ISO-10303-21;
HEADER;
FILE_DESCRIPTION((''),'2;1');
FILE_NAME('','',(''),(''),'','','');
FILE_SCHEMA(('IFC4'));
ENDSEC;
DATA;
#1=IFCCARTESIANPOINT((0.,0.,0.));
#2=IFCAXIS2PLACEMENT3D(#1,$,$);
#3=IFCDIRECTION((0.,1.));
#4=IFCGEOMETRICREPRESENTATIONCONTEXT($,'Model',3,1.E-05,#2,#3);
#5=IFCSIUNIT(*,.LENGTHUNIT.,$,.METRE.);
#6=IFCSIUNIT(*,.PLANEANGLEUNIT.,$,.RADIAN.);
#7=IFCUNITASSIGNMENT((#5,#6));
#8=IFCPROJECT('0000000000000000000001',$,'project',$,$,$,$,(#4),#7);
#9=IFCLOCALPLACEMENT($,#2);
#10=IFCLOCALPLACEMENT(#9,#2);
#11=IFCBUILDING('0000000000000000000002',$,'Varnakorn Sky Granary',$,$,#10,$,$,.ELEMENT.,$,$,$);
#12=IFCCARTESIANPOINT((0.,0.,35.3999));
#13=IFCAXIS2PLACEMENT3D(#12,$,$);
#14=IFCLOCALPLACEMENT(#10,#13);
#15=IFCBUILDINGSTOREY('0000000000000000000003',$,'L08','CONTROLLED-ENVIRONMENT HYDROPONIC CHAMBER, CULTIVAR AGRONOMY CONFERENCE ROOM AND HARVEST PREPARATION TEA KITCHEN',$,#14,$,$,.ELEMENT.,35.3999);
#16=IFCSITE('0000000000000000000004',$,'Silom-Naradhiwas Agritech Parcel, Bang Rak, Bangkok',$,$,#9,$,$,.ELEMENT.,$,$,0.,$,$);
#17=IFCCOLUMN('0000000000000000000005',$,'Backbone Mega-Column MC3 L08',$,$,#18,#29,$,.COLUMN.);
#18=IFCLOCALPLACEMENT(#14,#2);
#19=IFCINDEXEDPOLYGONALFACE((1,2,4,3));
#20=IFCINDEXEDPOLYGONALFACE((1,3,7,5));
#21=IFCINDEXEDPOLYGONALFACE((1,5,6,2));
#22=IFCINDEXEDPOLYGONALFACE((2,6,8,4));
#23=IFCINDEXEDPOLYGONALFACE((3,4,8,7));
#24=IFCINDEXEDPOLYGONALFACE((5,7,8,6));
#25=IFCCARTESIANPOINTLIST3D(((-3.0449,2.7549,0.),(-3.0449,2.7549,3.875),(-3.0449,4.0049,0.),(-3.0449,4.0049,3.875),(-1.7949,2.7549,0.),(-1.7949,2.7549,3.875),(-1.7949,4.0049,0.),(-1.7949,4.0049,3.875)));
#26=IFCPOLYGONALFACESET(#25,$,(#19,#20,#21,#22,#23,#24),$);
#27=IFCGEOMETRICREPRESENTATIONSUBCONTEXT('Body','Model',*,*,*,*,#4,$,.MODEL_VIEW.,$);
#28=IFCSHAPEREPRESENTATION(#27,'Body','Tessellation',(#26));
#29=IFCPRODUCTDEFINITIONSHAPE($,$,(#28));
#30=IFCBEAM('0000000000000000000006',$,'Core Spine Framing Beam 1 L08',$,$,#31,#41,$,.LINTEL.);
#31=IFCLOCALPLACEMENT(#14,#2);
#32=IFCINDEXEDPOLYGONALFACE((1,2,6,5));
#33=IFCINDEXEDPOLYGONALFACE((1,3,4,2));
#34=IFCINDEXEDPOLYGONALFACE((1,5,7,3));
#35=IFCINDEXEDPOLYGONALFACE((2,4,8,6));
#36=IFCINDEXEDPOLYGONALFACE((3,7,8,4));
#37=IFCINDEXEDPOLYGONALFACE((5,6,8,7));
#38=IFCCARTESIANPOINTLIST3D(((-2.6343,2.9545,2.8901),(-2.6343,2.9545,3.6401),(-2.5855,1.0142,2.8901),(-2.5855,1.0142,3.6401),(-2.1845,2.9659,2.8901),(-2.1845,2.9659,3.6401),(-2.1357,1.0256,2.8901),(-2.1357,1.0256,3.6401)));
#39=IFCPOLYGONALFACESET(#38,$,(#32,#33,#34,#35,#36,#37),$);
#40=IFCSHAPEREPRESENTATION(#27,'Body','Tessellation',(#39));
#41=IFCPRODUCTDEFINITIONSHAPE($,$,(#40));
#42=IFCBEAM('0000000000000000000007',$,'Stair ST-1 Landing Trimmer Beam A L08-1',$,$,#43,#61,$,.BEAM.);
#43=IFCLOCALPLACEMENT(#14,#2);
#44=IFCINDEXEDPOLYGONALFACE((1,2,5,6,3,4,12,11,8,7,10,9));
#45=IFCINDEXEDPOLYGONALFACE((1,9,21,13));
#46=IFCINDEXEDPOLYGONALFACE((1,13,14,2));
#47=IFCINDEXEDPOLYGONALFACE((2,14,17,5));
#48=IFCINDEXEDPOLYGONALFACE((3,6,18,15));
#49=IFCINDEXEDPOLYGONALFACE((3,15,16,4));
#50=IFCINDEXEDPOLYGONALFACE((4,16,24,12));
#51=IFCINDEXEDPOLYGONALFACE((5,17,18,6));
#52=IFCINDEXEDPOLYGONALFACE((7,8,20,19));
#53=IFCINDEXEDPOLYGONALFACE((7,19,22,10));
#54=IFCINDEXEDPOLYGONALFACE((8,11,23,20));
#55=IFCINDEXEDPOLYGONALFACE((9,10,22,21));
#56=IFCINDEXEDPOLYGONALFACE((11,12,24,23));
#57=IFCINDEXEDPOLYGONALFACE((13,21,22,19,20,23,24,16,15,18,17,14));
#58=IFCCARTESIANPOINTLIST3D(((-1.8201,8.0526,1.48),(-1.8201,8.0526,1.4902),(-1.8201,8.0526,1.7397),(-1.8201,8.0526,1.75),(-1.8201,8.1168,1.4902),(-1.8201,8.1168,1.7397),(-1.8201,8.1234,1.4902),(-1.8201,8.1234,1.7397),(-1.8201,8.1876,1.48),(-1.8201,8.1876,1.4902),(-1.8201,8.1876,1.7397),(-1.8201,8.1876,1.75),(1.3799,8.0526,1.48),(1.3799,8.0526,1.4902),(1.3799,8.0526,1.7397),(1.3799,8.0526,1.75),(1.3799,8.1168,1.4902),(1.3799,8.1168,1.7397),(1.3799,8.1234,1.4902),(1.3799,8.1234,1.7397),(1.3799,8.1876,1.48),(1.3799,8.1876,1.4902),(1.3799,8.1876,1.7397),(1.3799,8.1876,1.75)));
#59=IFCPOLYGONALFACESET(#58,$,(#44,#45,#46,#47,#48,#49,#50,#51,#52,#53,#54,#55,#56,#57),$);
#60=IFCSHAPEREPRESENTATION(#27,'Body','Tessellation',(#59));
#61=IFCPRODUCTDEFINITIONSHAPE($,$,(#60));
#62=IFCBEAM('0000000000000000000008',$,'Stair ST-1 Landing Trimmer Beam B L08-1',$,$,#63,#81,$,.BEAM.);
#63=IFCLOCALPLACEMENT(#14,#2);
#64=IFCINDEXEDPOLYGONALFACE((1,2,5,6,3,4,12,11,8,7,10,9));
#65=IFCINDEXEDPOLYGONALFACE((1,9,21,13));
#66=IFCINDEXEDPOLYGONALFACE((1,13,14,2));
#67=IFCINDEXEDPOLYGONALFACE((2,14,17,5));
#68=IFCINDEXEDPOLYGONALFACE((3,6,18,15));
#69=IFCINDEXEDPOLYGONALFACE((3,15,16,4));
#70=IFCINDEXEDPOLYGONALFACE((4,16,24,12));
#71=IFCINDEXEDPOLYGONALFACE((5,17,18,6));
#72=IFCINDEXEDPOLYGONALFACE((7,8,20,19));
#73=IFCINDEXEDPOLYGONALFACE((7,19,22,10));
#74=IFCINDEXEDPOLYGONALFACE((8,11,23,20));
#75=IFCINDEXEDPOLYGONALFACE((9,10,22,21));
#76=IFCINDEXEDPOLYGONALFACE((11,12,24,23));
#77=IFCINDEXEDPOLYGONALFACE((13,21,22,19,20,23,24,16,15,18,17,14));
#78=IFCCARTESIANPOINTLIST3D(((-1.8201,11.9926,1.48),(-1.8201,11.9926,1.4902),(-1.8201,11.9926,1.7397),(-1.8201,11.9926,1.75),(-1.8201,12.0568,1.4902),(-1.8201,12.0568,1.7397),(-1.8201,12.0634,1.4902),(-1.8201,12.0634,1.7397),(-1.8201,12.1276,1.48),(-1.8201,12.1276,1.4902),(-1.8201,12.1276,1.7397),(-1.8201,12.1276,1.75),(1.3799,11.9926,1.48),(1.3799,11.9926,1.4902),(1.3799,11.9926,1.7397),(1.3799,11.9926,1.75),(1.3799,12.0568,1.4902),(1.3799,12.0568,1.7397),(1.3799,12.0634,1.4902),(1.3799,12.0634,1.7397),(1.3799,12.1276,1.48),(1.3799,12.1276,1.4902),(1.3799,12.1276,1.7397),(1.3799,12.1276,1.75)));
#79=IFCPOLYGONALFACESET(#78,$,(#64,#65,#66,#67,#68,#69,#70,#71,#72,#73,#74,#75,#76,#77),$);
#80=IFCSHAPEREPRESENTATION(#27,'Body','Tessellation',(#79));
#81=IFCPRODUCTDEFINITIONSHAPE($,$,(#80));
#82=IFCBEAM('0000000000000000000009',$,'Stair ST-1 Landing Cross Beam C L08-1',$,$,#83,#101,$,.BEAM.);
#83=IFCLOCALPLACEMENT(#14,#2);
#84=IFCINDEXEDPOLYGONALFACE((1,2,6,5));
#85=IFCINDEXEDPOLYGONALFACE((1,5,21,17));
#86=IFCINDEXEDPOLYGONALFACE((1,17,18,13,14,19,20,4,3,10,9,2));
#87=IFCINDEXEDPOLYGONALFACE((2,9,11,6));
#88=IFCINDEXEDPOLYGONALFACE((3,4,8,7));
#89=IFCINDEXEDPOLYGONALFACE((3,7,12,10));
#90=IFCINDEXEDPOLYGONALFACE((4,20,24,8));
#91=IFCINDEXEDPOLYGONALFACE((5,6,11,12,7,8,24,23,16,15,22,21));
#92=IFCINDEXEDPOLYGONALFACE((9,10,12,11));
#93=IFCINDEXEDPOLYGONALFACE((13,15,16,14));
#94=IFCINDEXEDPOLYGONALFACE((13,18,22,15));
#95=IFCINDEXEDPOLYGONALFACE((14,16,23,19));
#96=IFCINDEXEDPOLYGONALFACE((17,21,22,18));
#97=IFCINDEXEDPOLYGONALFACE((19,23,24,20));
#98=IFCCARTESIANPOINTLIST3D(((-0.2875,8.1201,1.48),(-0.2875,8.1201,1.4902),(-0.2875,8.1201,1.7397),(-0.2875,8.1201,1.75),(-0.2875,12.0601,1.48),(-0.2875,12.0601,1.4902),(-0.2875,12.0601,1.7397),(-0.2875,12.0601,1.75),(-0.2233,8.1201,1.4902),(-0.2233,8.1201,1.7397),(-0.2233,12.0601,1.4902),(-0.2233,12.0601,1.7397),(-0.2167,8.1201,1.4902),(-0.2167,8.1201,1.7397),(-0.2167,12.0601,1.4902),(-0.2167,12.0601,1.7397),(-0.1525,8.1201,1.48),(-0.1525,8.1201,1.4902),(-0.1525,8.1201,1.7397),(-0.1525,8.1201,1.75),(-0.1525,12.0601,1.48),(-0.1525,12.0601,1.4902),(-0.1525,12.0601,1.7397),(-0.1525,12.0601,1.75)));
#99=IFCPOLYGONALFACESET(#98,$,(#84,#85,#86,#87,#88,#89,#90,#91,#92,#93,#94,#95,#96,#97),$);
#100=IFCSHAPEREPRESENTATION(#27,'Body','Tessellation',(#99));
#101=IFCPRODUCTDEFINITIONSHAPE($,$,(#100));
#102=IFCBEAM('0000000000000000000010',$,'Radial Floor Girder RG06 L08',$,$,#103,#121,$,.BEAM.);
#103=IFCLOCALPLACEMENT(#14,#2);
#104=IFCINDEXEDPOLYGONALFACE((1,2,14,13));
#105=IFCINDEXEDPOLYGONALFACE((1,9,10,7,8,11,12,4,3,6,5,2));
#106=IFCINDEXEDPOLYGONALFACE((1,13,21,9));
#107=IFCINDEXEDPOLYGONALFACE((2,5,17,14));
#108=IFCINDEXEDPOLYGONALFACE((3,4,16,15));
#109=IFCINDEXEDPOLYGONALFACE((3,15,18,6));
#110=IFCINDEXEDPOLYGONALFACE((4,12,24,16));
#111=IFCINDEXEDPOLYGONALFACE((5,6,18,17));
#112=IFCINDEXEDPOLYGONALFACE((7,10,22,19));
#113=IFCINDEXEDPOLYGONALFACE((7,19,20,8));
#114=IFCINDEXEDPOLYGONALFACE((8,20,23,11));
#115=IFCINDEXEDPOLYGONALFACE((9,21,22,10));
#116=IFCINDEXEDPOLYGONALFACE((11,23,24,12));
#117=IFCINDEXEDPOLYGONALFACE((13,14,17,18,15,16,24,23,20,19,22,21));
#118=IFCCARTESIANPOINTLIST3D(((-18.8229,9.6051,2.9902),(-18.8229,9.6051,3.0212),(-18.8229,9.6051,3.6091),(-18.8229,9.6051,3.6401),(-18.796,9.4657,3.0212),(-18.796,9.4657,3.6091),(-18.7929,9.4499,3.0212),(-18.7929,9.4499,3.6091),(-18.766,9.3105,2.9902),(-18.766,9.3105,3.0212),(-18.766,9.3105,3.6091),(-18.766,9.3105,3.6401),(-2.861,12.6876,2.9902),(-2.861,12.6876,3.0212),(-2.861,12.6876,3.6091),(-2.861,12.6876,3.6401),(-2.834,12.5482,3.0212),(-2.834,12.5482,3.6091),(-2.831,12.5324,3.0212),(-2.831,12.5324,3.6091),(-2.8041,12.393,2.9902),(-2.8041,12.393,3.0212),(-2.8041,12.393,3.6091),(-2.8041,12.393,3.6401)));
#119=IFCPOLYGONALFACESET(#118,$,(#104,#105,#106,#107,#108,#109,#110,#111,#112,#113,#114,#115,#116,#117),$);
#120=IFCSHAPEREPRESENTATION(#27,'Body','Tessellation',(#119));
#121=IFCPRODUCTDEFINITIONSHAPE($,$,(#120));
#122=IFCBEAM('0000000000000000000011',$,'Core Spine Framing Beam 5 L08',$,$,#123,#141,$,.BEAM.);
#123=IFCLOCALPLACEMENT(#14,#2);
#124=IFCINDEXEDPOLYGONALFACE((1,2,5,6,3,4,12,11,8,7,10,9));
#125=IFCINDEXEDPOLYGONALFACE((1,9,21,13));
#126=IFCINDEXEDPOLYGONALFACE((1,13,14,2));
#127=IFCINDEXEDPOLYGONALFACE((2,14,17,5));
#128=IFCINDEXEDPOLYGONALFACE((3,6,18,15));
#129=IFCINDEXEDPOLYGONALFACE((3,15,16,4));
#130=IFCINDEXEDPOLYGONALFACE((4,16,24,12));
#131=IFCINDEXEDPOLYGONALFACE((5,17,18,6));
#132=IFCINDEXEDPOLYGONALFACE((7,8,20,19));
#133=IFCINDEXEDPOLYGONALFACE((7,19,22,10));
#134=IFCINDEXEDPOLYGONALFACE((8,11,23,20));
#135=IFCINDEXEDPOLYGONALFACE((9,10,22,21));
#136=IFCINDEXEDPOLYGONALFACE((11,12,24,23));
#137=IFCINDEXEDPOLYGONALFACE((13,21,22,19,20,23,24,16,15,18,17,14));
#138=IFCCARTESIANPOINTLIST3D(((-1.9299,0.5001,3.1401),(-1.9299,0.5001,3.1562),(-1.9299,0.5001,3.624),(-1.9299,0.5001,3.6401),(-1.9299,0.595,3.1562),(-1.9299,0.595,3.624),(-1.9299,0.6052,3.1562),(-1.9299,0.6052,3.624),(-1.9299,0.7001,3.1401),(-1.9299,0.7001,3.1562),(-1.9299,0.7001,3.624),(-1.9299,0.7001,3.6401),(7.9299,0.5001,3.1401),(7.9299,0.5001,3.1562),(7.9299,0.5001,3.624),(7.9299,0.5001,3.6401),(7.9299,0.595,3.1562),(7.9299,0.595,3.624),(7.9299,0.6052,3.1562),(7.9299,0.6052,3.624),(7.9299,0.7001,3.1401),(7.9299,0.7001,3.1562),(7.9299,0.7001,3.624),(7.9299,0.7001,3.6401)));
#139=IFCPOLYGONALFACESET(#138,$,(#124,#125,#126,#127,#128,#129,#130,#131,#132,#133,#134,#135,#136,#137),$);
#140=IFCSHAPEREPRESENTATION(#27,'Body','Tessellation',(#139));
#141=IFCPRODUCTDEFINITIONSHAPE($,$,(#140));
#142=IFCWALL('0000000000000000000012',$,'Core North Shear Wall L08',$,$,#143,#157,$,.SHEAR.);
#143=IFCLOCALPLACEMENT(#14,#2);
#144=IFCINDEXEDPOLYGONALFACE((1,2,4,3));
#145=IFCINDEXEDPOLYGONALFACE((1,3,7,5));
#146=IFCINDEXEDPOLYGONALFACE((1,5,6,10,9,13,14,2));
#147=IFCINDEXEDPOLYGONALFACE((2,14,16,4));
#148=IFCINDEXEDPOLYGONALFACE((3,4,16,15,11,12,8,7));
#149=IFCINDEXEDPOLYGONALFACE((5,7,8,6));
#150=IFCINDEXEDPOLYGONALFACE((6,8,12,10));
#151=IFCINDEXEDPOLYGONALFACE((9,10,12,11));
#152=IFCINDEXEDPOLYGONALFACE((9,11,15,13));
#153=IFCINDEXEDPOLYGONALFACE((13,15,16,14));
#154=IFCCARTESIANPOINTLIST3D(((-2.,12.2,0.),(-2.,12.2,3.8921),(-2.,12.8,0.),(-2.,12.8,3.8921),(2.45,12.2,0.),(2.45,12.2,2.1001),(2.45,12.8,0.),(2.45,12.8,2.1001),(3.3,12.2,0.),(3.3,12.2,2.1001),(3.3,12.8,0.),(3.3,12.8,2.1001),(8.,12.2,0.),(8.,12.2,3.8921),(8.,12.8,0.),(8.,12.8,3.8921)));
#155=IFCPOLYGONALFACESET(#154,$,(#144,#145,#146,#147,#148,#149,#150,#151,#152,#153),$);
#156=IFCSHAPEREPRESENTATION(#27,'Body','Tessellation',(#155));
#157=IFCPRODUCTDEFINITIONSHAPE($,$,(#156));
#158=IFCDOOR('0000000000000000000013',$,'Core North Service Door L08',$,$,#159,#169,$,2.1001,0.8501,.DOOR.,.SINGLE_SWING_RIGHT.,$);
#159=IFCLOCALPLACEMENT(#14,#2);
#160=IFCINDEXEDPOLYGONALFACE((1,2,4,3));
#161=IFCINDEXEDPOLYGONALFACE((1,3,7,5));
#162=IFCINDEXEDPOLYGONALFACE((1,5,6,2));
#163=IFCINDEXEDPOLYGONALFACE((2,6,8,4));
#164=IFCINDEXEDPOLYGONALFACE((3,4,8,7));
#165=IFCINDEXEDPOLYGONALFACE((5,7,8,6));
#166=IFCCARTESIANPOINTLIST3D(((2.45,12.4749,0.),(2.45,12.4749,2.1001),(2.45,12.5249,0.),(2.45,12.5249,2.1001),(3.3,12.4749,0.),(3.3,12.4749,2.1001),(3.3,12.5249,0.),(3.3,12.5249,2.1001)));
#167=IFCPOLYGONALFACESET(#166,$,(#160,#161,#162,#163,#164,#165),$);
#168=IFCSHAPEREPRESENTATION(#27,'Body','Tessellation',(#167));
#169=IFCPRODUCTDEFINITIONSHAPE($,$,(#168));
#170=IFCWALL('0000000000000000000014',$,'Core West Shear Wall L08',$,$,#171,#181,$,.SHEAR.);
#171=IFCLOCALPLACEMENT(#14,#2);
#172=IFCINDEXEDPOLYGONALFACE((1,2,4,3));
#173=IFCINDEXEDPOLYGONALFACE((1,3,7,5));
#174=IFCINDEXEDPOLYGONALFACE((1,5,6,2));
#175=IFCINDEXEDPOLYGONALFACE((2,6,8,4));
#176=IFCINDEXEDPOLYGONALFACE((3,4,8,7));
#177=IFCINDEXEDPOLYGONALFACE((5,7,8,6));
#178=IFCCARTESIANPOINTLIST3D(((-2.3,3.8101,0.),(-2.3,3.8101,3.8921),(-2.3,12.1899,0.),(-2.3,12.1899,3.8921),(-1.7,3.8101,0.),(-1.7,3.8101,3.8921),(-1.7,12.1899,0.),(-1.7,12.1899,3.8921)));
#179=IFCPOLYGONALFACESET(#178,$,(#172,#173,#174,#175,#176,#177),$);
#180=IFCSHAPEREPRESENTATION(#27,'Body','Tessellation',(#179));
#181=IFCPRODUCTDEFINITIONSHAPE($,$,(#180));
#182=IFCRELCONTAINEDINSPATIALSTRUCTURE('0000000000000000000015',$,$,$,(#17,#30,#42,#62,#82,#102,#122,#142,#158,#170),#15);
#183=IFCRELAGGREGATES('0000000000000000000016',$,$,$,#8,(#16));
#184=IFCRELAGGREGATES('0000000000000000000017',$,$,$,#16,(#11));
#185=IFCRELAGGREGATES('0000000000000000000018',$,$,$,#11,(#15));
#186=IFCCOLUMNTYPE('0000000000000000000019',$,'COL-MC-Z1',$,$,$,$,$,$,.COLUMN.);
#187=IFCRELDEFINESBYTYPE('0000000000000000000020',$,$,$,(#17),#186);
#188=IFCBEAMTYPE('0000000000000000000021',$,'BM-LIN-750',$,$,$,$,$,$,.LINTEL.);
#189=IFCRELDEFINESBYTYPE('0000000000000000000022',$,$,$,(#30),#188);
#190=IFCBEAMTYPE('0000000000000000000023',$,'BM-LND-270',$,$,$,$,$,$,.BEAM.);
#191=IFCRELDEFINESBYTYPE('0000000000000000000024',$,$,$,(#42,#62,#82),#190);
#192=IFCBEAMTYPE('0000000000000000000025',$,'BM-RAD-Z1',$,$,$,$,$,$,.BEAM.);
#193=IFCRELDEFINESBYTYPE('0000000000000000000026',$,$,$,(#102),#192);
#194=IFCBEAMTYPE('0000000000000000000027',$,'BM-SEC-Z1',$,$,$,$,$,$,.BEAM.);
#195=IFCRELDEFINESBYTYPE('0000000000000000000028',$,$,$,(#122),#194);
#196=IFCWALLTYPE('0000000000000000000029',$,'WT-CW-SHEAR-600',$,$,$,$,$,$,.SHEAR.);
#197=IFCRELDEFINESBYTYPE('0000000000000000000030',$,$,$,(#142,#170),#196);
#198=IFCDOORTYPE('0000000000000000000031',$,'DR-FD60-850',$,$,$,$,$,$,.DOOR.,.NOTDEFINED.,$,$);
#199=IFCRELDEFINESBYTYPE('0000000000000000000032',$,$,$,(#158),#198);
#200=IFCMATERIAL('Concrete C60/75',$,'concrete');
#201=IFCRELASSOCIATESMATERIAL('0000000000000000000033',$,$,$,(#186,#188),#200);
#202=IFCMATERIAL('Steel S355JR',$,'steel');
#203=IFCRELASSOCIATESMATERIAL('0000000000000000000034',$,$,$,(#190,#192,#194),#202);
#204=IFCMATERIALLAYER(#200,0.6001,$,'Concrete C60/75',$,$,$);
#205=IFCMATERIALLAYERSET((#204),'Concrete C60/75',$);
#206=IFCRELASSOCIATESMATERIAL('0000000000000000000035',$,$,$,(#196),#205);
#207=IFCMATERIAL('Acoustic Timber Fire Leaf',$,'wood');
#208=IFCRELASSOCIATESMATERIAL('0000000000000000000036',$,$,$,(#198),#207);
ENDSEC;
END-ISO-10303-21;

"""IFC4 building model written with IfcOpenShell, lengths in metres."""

from ifc_helpers import new_model, si_unit, direction, frame, frame_2d, origin, origin_2d, place, context, subcontext, project, spatial, rectangle, i_section, extrude, material, layer, layer_set, material_profile, profile_set, type_object, element, fill, save


model = new_model("IFC4")

# Units and contexts
model_context = context("Model", 3, precision=1e-05, world=origin(), true_north=direction((0.0, 1.0)))
body_context = subcontext(model_context, "Body", "Model", "MODEL_VIEW")
ifc_project = project(units=[si_unit("LENGTHUNIT", "METRE"), si_unit("PLANEANGLEUNIT", "RADIAN")], contexts=[model_context])

# Site, building, storey
site_placement = place(None, origin())
site = spatial("IfcSite", under=ifc_project, at=site_placement, Name="Silom-Naradhiwas Agritech Parcel, Bang Rak, Bangkok", CompositionType="ELEMENT", RefElevation=0.0)
building_placement = place(site_placement, origin())
building = spatial("IfcBuilding", under=site, at=building_placement, Name="Varnakorn Sky Granary", CompositionType="ELEMENT")
storey_placement = place(building_placement, frame((0.0, 0.0, 35.3999)))
storey = spatial("IfcBuildingStorey", under=building, at=storey_placement, Name="L08", Description="CONTROLLED-ENVIRONMENT HYDROPONIC CHAMBER, CULTIVAR AGRONOMY CONFERENCE ROOM AND HARVEST PREPARATION TEA KITCHEN", CompositionType="ELEMENT", Elevation=35.3999)

# Column
ifc_material_1 = material(Name="Concrete C60/75", Category="concrete")
ifc_material_profile_1 = material_profile(ifc_material_1, rectangle(XDim=1.25, YDim=1.25, at=origin_2d()), Name="RC 1250x1250")
ifc_profile_set_1 = profile_set([ifc_material_profile_1], Name="Concrete C60/75")
column_type = type_object("IfcColumnType", Name="COL-MC-Z1", PredefinedType="COLUMN", material=ifc_profile_set_1)
column_placement = place(storey_placement, frame((-2.4199, 3.3799, 0.0), z_axis=(0.0, 0.0, 1.0), x_axis=(1.0, 0.0, 0.0)))
element("IfcColumn", 1, at=column_placement, inside=storey, type_object=column_type, Name="Backbone Mega-Column MC3 L08", PredefinedType="COLUMN", context=body_context, shape_type="SweptSolid", body=[
    extrude(rectangle(XDim=1.25, YDim=1.25, at=origin_2d()), origin(), (0.0, 0.0, 1.0), 3.875),
])

# Beams
ifc_material_profile_2 = material_profile(ifc_material_1, rectangle(XDim=0.45, YDim=0.75, at=origin_2d()), Name="RC 450x750")
ifc_profile_set_2 = profile_set([ifc_material_profile_2], Name="Concrete C60/75")
beam_type_1 = type_object("IfcBeamType", Name="BM-LIN-750", PredefinedType="LINTEL", material=ifc_profile_set_2)
beam_1_placement = place(storey_placement, frame((-2.4094, 2.9602, 3.2651), z_axis=(0.025159, -0.999683, 0.0), x_axis=(0.999683, 0.025159, 0.0)))
element("IfcBeam", 2, at=beam_1_placement, inside=storey, type_object=beam_type_1, Name="Core Spine Framing Beam 1 L08", PredefinedType="LINTEL", context=body_context, shape_type="SweptSolid", body=[
    extrude(rectangle(XDim=0.45, YDim=0.75, at=origin_2d()), origin(), (0.0, 0.0, 1.0), 1.9409),
])
ifc_material_2 = material(Name="Steel S355JR", Category="steel")
ifc_material_profile_3 = material_profile(ifc_material_2, i_section(OverallWidth=0.135, OverallDepth=0.27, WebThickness=0.0066, FlangeThickness=0.0103, at=origin_2d()), Name="IPE 270")
ifc_profile_set_3 = profile_set([ifc_material_profile_3], Name="Steel S355JR")
beam_type_2 = type_object("IfcBeamType", Name="BM-LND-270", PredefinedType="BEAM", material=ifc_profile_set_3)
for number, where, z_axis, x_axis, name in (
    (3, (-1.8201, 8.1201, 1.615), (1.0, 0.0, 0.0), (0.0, 1.0, 0.0), "Stair ST-1 Landing Trimmer Beam A L08-1"),
    (4, (-1.8201, 12.0601, 1.615), (1.0, 0.0, 0.0), (0.0, 1.0, 0.0), "Stair ST-1 Landing Trimmer Beam B L08-1"),
):
    element("IfcBeam", number, at=place(storey_placement, frame(where, z_axis=z_axis, x_axis=x_axis)), inside=storey, type_object=beam_type_2, Name=name, PredefinedType="BEAM", context=body_context, shape_type="SweptSolid", body=[
        extrude(i_section(OverallWidth=0.135, OverallDepth=0.27, WebThickness=0.0066, FlangeThickness=0.0103, at=origin_2d()), origin(), (0.0, 0.0, 1.0), 3.2),
    ])
beam_2_placement = place(storey_placement, frame((-0.22, 8.1201, 1.615), z_axis=(0.0, 1.0, 0.0), x_axis=(-1.0, 0.0, 0.0)))
element("IfcBeam", 5, at=beam_2_placement, inside=storey, type_object=beam_type_2, Name="Stair ST-1 Landing Cross Beam C L08-1", PredefinedType="BEAM", context=body_context, shape_type="SweptSolid", body=[
    extrude(i_section(OverallWidth=0.135, OverallDepth=0.27, WebThickness=0.0066, FlangeThickness=0.0103, at=origin_2d()), origin(), (0.0, 0.0, 1.0), 3.9399),
])
ifc_material_profile_4 = material_profile(ifc_material_2, i_section(OverallWidth=0.3, OverallDepth=0.6499, WebThickness=0.0161, FlangeThickness=0.031, at=origin_2d()), Name="HE 650 B")
ifc_profile_set_4 = profile_set([ifc_material_profile_4], Name="Steel S355JR")
beam_type_3 = type_object("IfcBeamType", Name="BM-RAD-Z1", PredefinedType="BEAM", material=ifc_profile_set_4)
beam_3_placement = place(storey_placement, frame((-2.8325, 12.5403, 3.3152), z_axis=(-0.981859, -0.189614, 0.0), x_axis=(0.189614, -0.981859, 0.0)))
element("IfcBeam", 6, at=beam_3_placement, inside=storey, type_object=beam_type_3, Name="Radial Floor Girder RG06 L08", PredefinedType="BEAM", context=body_context, shape_type="SweptSolid", body=[
    extrude(i_section(OverallWidth=0.3, OverallDepth=0.6499, WebThickness=0.0161, FlangeThickness=0.031, at=origin_2d()), origin(), (0.0, 0.0, 1.0), 16.2568),
])
ifc_material_profile_5 = material_profile(ifc_material_2, i_section(OverallWidth=0.2, OverallDepth=0.5, WebThickness=0.0103, FlangeThickness=0.0161, at=origin_2d()), Name="IPE 500")
ifc_profile_set_5 = profile_set([ifc_material_profile_5], Name="Steel S355JR")
beam_type_4 = type_object("IfcBeamType", Name="BM-SEC-Z1", PredefinedType="BEAM", material=ifc_profile_set_5)
beam_4_placement = place(storey_placement, frame((-1.9299, 0.6001, 3.3901), z_axis=(1.0, 0.0, 0.0), x_axis=(0.0, 1.0, 0.0)))
element("IfcBeam", 7, at=beam_4_placement, inside=storey, type_object=beam_type_4, Name="Core Spine Framing Beam 5 L08", PredefinedType="BEAM", context=body_context, shape_type="SweptSolid", body=[
    extrude(i_section(OverallWidth=0.2, OverallDepth=0.5, WebThickness=0.0103, FlangeThickness=0.0161, at=origin_2d()), origin(), (0.0, 0.0, 1.0), 9.8599),
])

# Shared definitions
ifc_layer_1 = layer(ifc_material_1, 0.6001, Name="Concrete C60/75")
ifc_layer_set_1 = layer_set([ifc_layer_1], Name="Concrete C60/75")
wall_type_1 = type_object("IfcWallType", Name="WT-CW-SHEAR-600", PredefinedType="SHEAR", material=ifc_layer_set_1)

# Wall, opening, door
wall_1_placement = place(storey_placement, frame((-2.0, 12.5, 0.0), z_axis=(0.0, 0.0, 1.0), x_axis=(1.0, 0.0, 0.0)))
wall_1 = element("IfcWall", 8, at=wall_1_placement, inside=storey, type_object=wall_type_1, Name="Core North Shear Wall L08", PredefinedType="SHEAR", context=body_context, shape_type="SweptSolid", body=[
    extrude(rectangle(XDim=10.0, YDim=0.6001, at=frame_2d((5.0, 0.0))), origin(), (0.0, 0.0, 1.0), 3.8921),
])
opening_1_placement = place(wall_1_placement, frame((4.45, 0.0, 0.0)))
opening_1 = element("IfcOpeningElement", 9, at=opening_1_placement, cuts=wall_1, PredefinedType="OPENING", context=body_context, shape_type="SweptSolid", body=[
    extrude(rectangle(XDim=0.8501, YDim=2.1001, at=frame_2d((0.425, 1.05))), frame((0.0, 0.3101, 0.0), z_axis=(0.0, -1.0, 0.0), x_axis=(1.0, 0.0, 0.0)), (0.0, 0.0, 1.0), 0.6201),
])
ifc_material_3 = material(Name="Acoustic Timber Fire Leaf", Category="wood")
door_type_1 = type_object("IfcDoorType", Name="DR-FD60-850", OperationType="NOTDEFINED", PredefinedType="DOOR", material=ifc_material_3)
door_1_placement = place(opening_1_placement, origin())
door_1 = element("IfcDoor", 10, at=door_1_placement, inside=storey, type_object=door_type_1, Name="Core North Service Door L08", OperationType="SINGLE_SWING_RIGHT", OverallHeight=2.1001, OverallWidth=0.8501, PredefinedType="DOOR", context=body_context, shape_type="SweptSolid", body=[
    extrude(rectangle(XDim=0.8501, YDim=2.1001, at=frame_2d((0.425, 1.05))), frame((0.0, 0.0249, 0.0), z_axis=(0.0, -1.0, 0.0), x_axis=(1.0, 0.0, 0.0)), (0.0, 0.0, 1.0), 0.05),
])
fill(opening_1, door_1)

# Wall
wall_2_placement = place(storey_placement, frame((-2.0, 3.8101, 0.0), z_axis=(0.0, 0.0, 1.0), x_axis=(0.0, 1.0, 0.0)))
element("IfcWall", 11, at=wall_2_placement, inside=storey, type_object=wall_type_1, Name="Core West Shear Wall L08", PredefinedType="SHEAR", context=body_context, shape_type="SweptSolid", body=[
    extrude(rectangle(XDim=8.3799, YDim=0.6001, at=frame_2d((4.1899, 0.0))), origin(), (0.0, 0.0, 1.0), 3.8921),
])

save(model, "model.ifc")
